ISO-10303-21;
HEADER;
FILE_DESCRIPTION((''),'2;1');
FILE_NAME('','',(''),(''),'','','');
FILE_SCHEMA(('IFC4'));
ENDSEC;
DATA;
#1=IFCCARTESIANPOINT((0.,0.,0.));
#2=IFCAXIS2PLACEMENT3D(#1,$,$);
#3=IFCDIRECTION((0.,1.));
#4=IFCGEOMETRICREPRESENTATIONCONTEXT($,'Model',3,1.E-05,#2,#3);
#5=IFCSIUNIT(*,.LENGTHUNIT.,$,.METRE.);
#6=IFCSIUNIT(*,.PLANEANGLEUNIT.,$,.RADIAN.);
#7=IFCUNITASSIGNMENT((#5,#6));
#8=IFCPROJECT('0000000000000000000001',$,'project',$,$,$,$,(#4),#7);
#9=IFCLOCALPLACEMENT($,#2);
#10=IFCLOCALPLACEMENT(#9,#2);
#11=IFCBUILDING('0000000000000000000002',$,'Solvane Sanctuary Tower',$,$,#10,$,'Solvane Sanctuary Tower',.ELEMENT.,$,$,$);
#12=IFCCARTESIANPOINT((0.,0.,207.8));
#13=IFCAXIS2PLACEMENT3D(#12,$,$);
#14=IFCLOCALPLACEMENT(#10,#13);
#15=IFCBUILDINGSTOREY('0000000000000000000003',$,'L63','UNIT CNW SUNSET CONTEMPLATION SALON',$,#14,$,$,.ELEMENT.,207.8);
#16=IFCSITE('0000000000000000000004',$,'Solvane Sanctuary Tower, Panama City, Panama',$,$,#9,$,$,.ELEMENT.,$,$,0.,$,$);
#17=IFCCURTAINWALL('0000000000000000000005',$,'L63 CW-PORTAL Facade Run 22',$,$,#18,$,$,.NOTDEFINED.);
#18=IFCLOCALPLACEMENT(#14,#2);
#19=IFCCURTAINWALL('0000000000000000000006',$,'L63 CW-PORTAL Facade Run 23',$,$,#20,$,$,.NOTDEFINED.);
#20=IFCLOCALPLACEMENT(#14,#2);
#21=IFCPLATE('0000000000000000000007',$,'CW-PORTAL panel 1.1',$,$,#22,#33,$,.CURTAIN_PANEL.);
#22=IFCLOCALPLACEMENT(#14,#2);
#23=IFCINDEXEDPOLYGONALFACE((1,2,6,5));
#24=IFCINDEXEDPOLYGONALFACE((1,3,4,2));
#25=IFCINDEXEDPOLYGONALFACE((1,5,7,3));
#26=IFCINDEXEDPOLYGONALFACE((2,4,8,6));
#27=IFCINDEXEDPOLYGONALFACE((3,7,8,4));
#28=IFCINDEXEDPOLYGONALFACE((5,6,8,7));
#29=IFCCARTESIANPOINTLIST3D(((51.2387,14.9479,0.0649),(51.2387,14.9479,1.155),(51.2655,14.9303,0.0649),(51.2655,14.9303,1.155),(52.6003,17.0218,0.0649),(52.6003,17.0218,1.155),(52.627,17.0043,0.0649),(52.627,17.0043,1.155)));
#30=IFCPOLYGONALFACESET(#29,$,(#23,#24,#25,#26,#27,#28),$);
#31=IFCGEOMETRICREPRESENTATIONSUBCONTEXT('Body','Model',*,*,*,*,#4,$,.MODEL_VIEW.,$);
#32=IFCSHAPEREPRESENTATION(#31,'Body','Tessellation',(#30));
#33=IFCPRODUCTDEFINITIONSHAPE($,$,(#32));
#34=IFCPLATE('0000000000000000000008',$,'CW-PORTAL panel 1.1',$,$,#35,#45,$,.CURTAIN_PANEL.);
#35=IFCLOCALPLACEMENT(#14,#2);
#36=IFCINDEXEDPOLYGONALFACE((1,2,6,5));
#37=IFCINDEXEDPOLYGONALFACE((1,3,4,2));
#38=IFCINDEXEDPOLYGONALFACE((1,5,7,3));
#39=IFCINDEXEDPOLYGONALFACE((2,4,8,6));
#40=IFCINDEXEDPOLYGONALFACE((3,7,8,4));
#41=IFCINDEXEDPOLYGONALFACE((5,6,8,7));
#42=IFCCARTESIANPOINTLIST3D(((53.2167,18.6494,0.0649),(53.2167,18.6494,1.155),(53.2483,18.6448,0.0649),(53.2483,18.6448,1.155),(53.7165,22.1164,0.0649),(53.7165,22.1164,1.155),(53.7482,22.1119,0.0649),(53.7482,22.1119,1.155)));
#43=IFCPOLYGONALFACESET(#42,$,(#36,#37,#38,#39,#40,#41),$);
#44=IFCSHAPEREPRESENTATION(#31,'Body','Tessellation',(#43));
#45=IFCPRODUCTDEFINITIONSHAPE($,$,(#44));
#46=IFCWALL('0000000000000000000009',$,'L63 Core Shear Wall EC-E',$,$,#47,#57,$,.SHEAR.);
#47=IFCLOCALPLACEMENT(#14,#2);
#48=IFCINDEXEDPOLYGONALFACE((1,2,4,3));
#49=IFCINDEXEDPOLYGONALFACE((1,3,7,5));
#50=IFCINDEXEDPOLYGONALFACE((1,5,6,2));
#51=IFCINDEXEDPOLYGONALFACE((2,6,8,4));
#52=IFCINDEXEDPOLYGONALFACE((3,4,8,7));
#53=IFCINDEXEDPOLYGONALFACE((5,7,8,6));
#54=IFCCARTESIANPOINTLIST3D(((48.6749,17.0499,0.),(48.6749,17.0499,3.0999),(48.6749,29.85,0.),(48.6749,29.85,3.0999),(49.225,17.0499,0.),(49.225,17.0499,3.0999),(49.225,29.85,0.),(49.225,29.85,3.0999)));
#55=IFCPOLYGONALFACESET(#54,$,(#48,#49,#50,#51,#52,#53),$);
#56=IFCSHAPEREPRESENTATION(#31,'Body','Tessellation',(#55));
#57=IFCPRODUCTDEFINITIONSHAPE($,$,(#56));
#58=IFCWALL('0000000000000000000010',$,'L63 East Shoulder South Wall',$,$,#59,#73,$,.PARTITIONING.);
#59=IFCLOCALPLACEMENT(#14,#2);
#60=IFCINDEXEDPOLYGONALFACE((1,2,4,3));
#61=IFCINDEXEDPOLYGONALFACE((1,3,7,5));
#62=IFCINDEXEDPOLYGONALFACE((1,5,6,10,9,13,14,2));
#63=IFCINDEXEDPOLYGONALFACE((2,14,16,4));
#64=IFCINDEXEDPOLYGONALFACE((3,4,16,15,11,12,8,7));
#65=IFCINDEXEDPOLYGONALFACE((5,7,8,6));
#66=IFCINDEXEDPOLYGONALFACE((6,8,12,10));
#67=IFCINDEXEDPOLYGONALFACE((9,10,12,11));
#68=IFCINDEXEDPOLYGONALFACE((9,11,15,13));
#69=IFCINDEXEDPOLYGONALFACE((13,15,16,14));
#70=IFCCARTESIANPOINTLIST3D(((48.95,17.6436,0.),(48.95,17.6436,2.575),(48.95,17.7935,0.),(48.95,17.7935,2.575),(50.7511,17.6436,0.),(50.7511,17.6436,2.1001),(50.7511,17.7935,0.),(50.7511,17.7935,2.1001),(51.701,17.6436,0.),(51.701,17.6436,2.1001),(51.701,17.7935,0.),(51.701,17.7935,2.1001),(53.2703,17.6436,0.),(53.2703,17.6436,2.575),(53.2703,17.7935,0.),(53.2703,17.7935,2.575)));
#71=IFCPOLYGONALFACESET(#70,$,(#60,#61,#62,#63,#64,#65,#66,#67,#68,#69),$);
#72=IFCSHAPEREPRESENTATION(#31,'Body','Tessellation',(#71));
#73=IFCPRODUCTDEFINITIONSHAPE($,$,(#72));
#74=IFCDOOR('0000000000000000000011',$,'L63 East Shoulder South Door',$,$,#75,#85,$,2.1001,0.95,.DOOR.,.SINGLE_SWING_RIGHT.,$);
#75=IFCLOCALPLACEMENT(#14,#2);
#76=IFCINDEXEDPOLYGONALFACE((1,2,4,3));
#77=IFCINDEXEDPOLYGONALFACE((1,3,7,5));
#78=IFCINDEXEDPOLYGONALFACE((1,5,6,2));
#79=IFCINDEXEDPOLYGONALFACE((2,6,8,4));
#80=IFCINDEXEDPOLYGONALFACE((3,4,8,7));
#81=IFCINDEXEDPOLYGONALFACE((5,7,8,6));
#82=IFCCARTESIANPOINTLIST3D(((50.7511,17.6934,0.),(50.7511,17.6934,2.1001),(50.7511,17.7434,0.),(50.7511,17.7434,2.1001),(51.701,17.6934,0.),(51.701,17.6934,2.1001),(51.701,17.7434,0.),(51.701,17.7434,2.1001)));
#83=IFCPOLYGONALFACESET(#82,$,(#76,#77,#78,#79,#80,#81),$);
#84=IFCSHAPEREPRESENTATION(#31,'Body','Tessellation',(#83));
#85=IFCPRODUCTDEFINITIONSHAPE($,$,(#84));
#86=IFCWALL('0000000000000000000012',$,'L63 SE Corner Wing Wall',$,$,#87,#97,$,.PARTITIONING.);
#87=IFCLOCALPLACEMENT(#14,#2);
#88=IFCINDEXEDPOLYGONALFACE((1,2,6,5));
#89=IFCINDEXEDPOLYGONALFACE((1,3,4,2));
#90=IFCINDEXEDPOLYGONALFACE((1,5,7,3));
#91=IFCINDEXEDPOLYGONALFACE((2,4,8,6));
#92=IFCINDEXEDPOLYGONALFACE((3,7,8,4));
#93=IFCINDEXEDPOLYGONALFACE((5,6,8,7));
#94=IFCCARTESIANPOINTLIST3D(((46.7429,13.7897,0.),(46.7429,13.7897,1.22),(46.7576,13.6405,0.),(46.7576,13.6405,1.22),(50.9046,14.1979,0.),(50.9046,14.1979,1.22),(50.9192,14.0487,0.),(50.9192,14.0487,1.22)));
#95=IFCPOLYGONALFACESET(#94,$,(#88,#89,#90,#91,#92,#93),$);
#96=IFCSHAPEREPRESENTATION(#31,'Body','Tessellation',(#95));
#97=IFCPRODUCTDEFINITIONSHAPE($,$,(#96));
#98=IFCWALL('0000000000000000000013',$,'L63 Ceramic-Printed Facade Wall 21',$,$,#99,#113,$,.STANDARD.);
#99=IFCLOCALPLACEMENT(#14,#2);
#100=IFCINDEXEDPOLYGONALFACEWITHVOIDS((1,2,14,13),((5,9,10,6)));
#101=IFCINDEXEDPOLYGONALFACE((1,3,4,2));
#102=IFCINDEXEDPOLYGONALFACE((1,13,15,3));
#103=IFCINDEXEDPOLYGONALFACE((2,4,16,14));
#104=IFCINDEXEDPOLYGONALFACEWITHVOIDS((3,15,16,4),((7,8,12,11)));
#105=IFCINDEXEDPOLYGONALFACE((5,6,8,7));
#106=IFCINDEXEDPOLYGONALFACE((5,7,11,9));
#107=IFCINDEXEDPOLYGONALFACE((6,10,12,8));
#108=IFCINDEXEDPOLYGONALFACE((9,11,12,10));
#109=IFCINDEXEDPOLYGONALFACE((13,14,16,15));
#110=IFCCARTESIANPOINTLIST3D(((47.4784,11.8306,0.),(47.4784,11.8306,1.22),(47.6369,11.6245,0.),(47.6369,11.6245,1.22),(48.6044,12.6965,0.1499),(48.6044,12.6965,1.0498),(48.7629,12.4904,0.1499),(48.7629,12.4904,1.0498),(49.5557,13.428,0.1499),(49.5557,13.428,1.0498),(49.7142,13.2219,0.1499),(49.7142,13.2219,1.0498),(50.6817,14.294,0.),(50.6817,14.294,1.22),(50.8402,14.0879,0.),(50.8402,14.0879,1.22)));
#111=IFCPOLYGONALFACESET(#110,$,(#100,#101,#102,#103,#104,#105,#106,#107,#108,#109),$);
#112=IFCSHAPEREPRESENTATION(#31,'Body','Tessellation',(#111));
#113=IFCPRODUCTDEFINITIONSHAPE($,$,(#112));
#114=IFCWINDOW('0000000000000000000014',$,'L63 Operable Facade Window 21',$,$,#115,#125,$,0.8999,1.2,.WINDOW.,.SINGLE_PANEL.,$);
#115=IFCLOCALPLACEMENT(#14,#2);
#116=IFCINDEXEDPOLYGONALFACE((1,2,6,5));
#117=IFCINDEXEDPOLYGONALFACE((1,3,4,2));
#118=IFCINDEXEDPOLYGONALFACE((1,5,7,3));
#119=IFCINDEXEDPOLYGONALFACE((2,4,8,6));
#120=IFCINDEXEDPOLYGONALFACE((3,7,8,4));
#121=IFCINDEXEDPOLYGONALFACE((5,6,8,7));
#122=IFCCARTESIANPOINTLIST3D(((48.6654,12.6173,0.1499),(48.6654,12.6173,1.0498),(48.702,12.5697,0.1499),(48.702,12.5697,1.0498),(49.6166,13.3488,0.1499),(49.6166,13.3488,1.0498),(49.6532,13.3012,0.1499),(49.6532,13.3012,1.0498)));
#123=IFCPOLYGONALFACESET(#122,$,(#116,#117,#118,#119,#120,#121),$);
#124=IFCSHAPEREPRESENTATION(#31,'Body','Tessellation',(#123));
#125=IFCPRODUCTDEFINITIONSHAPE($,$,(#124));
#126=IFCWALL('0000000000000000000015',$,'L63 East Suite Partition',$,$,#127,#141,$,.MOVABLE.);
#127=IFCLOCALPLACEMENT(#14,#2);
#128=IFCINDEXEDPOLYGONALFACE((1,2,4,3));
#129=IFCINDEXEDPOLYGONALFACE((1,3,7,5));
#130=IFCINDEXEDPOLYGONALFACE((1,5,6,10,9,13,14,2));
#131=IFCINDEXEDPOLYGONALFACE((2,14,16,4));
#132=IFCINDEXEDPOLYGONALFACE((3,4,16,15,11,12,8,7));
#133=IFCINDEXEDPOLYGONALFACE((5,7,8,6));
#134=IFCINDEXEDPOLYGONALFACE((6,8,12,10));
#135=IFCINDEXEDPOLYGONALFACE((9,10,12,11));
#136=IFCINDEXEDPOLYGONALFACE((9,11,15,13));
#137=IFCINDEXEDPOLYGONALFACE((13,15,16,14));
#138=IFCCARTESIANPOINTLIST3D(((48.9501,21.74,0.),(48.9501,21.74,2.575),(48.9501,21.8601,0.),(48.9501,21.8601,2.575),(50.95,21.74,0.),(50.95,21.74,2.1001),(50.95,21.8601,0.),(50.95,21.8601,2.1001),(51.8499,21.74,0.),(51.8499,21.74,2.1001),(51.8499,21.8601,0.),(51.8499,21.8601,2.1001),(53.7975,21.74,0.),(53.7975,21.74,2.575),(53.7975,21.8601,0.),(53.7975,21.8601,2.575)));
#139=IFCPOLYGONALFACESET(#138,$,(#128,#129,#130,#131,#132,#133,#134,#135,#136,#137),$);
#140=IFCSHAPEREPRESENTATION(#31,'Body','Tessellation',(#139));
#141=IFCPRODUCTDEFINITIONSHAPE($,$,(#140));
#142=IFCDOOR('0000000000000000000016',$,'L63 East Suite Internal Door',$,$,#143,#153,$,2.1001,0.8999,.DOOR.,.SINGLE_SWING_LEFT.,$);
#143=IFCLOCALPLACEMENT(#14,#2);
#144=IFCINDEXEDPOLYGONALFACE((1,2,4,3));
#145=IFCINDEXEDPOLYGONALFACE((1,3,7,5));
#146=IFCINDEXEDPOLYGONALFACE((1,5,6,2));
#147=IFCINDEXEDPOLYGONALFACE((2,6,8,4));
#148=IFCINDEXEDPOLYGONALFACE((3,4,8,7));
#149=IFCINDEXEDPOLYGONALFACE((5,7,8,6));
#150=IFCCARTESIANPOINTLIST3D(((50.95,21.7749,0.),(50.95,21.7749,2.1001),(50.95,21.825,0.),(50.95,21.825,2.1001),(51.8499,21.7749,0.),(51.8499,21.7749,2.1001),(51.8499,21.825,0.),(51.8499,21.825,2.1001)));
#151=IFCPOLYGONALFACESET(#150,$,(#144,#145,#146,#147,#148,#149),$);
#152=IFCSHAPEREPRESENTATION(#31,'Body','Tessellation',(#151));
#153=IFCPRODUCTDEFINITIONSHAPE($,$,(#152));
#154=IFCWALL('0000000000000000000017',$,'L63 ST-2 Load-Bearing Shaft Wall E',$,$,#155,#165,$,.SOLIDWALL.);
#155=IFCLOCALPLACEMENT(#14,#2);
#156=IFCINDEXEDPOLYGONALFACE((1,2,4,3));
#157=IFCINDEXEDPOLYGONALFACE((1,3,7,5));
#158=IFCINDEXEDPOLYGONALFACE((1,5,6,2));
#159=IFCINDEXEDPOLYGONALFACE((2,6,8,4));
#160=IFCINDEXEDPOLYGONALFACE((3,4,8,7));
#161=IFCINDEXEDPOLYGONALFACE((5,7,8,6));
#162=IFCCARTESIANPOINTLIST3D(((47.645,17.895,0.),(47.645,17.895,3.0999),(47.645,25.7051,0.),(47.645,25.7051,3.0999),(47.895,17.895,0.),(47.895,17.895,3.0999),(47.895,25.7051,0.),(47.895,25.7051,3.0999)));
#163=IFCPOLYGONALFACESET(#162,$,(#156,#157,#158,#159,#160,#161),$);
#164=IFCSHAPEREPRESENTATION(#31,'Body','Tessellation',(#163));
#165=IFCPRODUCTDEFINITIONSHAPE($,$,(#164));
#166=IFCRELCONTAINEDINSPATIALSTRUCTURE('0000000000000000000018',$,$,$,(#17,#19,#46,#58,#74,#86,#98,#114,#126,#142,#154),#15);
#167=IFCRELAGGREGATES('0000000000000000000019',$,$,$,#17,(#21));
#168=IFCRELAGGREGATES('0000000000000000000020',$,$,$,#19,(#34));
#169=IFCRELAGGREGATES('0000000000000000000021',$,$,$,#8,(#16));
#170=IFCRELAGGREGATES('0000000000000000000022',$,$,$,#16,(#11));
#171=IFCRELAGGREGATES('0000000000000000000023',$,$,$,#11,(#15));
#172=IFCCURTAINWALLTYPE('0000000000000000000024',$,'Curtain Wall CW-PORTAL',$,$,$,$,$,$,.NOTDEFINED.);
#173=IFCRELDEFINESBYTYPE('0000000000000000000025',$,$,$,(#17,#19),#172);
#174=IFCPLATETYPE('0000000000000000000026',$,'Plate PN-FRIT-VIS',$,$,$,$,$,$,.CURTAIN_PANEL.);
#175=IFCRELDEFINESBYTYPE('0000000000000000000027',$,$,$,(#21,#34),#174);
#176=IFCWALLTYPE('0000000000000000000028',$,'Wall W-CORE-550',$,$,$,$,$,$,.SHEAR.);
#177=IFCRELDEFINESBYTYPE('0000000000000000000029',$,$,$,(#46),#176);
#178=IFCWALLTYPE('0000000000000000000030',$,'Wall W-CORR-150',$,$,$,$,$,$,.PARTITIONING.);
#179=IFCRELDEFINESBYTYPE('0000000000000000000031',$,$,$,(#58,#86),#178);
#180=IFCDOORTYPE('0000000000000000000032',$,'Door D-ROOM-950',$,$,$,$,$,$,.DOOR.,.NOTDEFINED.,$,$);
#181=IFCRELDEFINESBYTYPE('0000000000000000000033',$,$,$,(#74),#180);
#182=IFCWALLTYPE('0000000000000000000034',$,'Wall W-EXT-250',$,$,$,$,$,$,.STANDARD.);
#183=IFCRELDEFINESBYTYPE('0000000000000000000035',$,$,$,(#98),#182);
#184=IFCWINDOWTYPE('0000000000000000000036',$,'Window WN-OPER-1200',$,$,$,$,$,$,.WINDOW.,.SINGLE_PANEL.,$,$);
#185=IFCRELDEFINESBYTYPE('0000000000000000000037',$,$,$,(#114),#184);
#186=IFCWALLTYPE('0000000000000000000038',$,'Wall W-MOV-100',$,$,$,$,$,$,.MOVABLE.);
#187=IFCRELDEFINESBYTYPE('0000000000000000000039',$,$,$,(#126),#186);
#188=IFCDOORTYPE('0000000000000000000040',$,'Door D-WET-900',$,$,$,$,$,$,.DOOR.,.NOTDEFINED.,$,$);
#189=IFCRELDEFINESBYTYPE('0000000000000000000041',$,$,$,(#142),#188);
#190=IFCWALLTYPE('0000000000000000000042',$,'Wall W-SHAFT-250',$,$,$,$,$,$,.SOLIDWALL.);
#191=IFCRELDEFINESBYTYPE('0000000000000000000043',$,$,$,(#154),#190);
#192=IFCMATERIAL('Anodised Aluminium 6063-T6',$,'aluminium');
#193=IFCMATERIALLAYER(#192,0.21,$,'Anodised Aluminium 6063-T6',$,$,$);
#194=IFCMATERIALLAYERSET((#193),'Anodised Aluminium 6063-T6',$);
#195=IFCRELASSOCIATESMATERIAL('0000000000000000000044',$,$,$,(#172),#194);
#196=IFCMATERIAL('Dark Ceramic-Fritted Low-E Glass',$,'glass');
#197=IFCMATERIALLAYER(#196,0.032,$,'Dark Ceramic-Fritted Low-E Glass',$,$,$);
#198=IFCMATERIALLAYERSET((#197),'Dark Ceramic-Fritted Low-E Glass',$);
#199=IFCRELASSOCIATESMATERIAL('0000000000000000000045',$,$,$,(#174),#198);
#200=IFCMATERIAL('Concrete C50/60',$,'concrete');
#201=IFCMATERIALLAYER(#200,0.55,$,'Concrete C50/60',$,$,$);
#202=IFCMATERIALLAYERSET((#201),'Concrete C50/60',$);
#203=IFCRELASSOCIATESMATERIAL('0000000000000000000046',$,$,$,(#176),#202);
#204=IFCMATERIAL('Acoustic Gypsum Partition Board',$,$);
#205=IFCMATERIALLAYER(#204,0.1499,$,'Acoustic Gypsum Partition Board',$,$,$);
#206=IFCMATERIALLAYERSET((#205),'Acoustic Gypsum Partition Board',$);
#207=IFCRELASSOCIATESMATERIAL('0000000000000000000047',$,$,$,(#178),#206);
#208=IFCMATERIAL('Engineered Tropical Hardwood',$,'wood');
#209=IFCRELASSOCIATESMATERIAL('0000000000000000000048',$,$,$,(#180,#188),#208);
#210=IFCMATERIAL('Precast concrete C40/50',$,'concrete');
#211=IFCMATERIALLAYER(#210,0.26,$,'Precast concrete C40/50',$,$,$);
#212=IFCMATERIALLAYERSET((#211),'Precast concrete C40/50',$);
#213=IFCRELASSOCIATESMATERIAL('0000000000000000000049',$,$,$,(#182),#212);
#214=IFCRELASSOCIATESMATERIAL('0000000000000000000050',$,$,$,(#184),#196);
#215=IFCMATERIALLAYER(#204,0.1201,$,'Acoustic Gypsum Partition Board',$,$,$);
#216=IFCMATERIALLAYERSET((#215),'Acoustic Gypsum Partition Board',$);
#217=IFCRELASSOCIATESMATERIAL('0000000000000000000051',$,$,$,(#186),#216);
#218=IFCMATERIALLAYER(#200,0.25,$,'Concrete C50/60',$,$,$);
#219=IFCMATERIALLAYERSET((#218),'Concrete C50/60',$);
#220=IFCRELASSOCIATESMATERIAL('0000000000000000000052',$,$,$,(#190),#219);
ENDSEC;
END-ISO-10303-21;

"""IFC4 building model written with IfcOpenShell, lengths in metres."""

from ifc_helpers import new_model, si_unit, direction, frame, frame_2d, origin, origin_2d, place, context, subcontext, project, spatial, rectangle, extrude, material, layer, layer_set, type_object, element, fill, aggregate, save


model = new_model("IFC4")

# Units and contexts
model_context = context("Model", 3, precision=1e-05, world=origin(), true_north=direction((0.0, 1.0)))
body_context = subcontext(model_context, "Body", "Model", "MODEL_VIEW")
ifc_project = project(units=[si_unit("LENGTHUNIT", "METRE"), si_unit("PLANEANGLEUNIT", "RADIAN")], contexts=[model_context])

# Site, building, storey
site_placement = place(None, origin())
site = spatial("IfcSite", under=ifc_project, at=site_placement, Name="Solvane Sanctuary Tower, Panama City, Panama", CompositionType="ELEMENT", RefElevation=0.0)
building_placement = place(site_placement, origin())
building = spatial("IfcBuilding", under=site, at=building_placement, Name="Solvane Sanctuary Tower", LongName="Solvane Sanctuary Tower", CompositionType="ELEMENT")
storey_placement = place(building_placement, frame((0.0, 0.0, 207.8)))
storey = spatial("IfcBuildingStorey", under=building, at=storey_placement, Name="L63", Description="UNIT CNW SUNSET CONTEMPLATION SALON", CompositionType="ELEMENT", Elevation=207.8)

# Shared definitions
ifc_material_1 = material(Name="Concrete C50/60", Category="concrete")

# Curtain walls
ifc_material_2 = material(Name="Anodised Aluminium 6063-T6", Category="aluminium")
ifc_layer_1 = layer(ifc_material_2, 0.21, Name="Anodised Aluminium 6063-T6")
ifc_layer_set_1 = layer_set([ifc_layer_1], Name="Anodised Aluminium 6063-T6")
curtain_wall_type = type_object("IfcCurtainWallType", Name="Curtain Wall CW-PORTAL", PredefinedType="NOTDEFINED", material=ifc_layer_set_1)
curtain_wall_1_placement = place(storey_placement, origin())
curtain_wall_1 = element("IfcCurtainWall", 1, at=curtain_wall_1_placement, inside=storey, type_object=curtain_wall_type, Name="L63 CW-PORTAL Facade Run 22", PredefinedType="NOTDEFINED")
curtain_wall_2_placement = place(storey_placement, origin())
curtain_wall_2 = element("IfcCurtainWall", 2, at=curtain_wall_2_placement, inside=storey, type_object=curtain_wall_type, Name="L63 CW-PORTAL Facade Run 23", PredefinedType="NOTDEFINED")

# Plates
ifc_material_3 = material(Name="Dark Ceramic-Fritted Low-E Glass", Category="glass")
ifc_layer_2 = layer(ifc_material_3, 0.032, Name="Dark Ceramic-Fritted Low-E Glass")
ifc_layer_set_2 = layer_set([ifc_layer_2], Name="Dark Ceramic-Fritted Low-E Glass")
plate_type = type_object("IfcPlateType", Name="Plate PN-FRIT-VIS", PredefinedType="CURTAIN_PANEL", material=ifc_layer_set_2)
plate_1_placement = place(storey_placement, frame((51.9329, 15.9761, 0.0649), z_axis=(0.0, 0.0, 1.0), x_axis=(0.548792, 0.835959, 0.0)))
plate_1 = element("IfcPlate", 3, at=plate_1_placement, type_object=plate_type, Name="CW-PORTAL panel 1.1", PredefinedType="CURTAIN_PANEL", context=body_context, shape_type="SweptSolid", body=[
    extrude(rectangle(XDim=2.481, YDim=0.032, at=origin_2d()), origin(), (0.0, 0.0, 1.0), 1.0901),
])
aggregate(curtain_wall_1, [plate_1])
plate_2_placement = place(storey_placement, frame((53.4824, 20.3806, 0.0649), z_axis=(0.0, 0.0, 1.0), x_axis=(0.142705, 0.989765, 0.0)))
plate_2 = element("IfcPlate", 4, at=plate_2_placement, type_object=plate_type, Name="CW-PORTAL panel 1.1", PredefinedType="CURTAIN_PANEL", context=body_context, shape_type="SweptSolid", body=[
    extrude(rectangle(XDim=3.5029, YDim=0.032, at=origin_2d()), origin(), (0.0, 0.0, 1.0), 1.0901),
])
aggregate(curtain_wall_2, [plate_2])

# Wall
ifc_layer_3 = layer(ifc_material_1, 0.55, Name="Concrete C50/60")
ifc_layer_set_3 = layer_set([ifc_layer_3], Name="Concrete C50/60")
wall_type_1 = type_object("IfcWallType", Name="Wall W-CORE-550", PredefinedType="SHEAR", material=ifc_layer_set_3)
wall_1_placement = place(storey_placement, frame((48.95, 17.05, 0.0), z_axis=(0.0, 0.0, 1.0), x_axis=(0.0, 1.0, 0.0)))
element("IfcWall", 5, at=wall_1_placement, inside=storey, type_object=wall_type_1, Name="L63 Core Shear Wall EC-E", PredefinedType="SHEAR", context=body_context, shape_type="SweptSolid", body=[
    extrude(rectangle(XDim=12.8, YDim=0.55, at=frame_2d((6.3999, 0.0))), origin(), (0.0, 0.0, 1.0), 3.0999),
])

# Wall, opening, door
ifc_material_4 = material(Name="Acoustic Gypsum Partition Board")
ifc_layer_4 = layer(ifc_material_4, 0.1499, Name="Acoustic Gypsum Partition Board")
ifc_layer_set_4 = layer_set([ifc_layer_4], Name="Acoustic Gypsum Partition Board")
wall_type_2 = type_object("IfcWallType", Name="Wall W-CORR-150", PredefinedType="PARTITIONING", material=ifc_layer_set_4)
wall_2_placement = place(storey_placement, frame((48.95, 17.7185, 0.0), z_axis=(0.0, 0.0, 1.0), x_axis=(1.0, 0.0, 0.0)))
wall_2 = element("IfcWall", 6, at=wall_2_placement, inside=storey, type_object=wall_type_2, Name="L63 East Shoulder South Wall", PredefinedType="PARTITIONING", context=body_context, shape_type="SweptSolid", body=[
    extrude(rectangle(XDim=4.3203, YDim=0.1499, at=frame_2d((2.1602, 0.0))), origin(), (0.0, 0.0, 1.0), 2.575),
])
opening_1_placement = place(wall_2_placement, frame((1.801, 0.0, 0.0)))
opening_1 = element("IfcOpeningElement", 7, at=opening_1_placement, cuts=wall_2, PredefinedType="OPENING", context=body_context, shape_type="SweptSolid", body=[
    extrude(rectangle(XDim=0.95, YDim=2.1001, at=frame_2d((0.4751, 1.05))), frame((0.0, 0.085, 0.0), z_axis=(0.0, -1.0, 0.0), x_axis=(1.0, 0.0, 0.0)), (0.0, 0.0, 1.0), 0.1699),
])
ifc_material_5 = material(Name="Engineered Tropical Hardwood", Category="wood")
door_type_1 = type_object("IfcDoorType", Name="Door D-ROOM-950", OperationType="NOTDEFINED", PredefinedType="DOOR", material=ifc_material_5)
door_1_placement = place(opening_1_placement, origin())
door_1 = element("IfcDoor", 8, at=door_1_placement, inside=storey, type_object=door_type_1, Name="L63 East Shoulder South Door", OperationType="SINGLE_SWING_RIGHT", OverallHeight=2.1001, OverallWidth=0.95, PredefinedType="DOOR", context=body_context, shape_type="SweptSolid", body=[
    extrude(rectangle(XDim=0.95, YDim=2.1001, at=frame_2d((0.4751, 1.05))), frame((0.0, 0.0249, 0.0), z_axis=(0.0, -1.0, 0.0), x_axis=(1.0, 0.0, 0.0)), (0.0, 0.0, 1.0), 0.05),
])
fill(opening_1, door_1)

# Wall
wall_3_placement = place(storey_placement, frame((46.7502, 13.7151, 0.0), z_axis=(0.0, 0.0, 1.0), x_axis=(0.995224, 0.097619, 0.0)))
element("IfcWall", 9, at=wall_3_placement, inside=storey, type_object=wall_type_2, Name="L63 SE Corner Wing Wall", PredefinedType="PARTITIONING", context=body_context, shape_type="SweptSolid", body=[
    extrude(rectangle(XDim=4.1816, YDim=0.1499, at=frame_2d((2.0908, 0.0))), origin(), (0.0, 0.0, 1.0), 1.22),
])

# Wall, opening, window
ifc_material_6 = material(Name="Precast concrete C40/50", Category="concrete")
ifc_layer_5 = layer(ifc_material_6, 0.26, Name="Precast concrete C40/50")
ifc_layer_set_5 = layer_set([ifc_layer_5], Name="Precast concrete C40/50")
wall_type_3 = type_object("IfcWallType", Name="Wall W-EXT-250", PredefinedType="STANDARD", material=ifc_layer_set_5)
wall_4_placement = place(storey_placement, frame((47.5576, 11.7275, 0.0), z_axis=(0.0, 0.0, 1.0), x_axis=(0.792714, 0.609594, 0.0)))
wall_4 = element("IfcWall", 10, at=wall_4_placement, inside=storey, type_object=wall_type_3, Name="L63 Ceramic-Printed Facade Wall 21", PredefinedType="STANDARD", context=body_context, shape_type="SweptSolid", body=[
    extrude(rectangle(XDim=4.041, YDim=0.26, at=frame_2d((2.0205, 0.0))), origin(), (0.0, 0.0, 1.0), 1.22),
])
opening_2_placement = place(wall_4_placement, frame((1.4204, 0.0, 0.1499)))
opening_2 = element("IfcOpeningElement", 11, at=opening_2_placement, cuts=wall_4, PredefinedType="OPENING", context=body_context, shape_type="SweptSolid", body=[
    extrude(rectangle(XDim=1.2, YDim=0.8999, at=frame_2d((0.6001, 0.45))), frame((0.0, 0.1399, 0.0), z_axis=(0.0, -1.0, 0.0), x_axis=(1.0, 0.0, 0.0)), (0.0, 0.0, 1.0), 0.28),
])
window_type = type_object("IfcWindowType", Name="Window WN-OPER-1200", PartitioningType="SINGLE_PANEL", PredefinedType="WINDOW", material=ifc_material_3)
window_placement = place(opening_2_placement, origin())
window = element("IfcWindow", 12, at=window_placement, inside=storey, type_object=window_type, Name="L63 Operable Facade Window 21", OverallHeight=0.8999, OverallWidth=1.2, PartitioningType="SINGLE_PANEL", PredefinedType="WINDOW", context=body_context, shape_type="SweptSolid", body=[
    extrude(rectangle(XDim=1.2, YDim=0.8999, at=frame_2d((0.6001, 0.45))), frame((0.0, 0.03, 0.0), z_axis=(0.0, -1.0, 0.0), x_axis=(1.0, 0.0, 0.0)), (0.0, 0.0, 1.0), 0.0601),
])
fill(opening_2, window)

# Wall, opening, door
ifc_layer_6 = layer(ifc_material_4, 0.1201, Name="Acoustic Gypsum Partition Board")
ifc_layer_set_6 = layer_set([ifc_layer_6], Name="Acoustic Gypsum Partition Board")
wall_type_4 = type_object("IfcWallType", Name="Wall W-MOV-100", PredefinedType="MOVABLE", material=ifc_layer_set_6)
wall_5_placement = place(storey_placement, frame((48.95, 21.8, 0.0), z_axis=(0.0, 0.0, 1.0), x_axis=(1.0, 0.0, 0.0)))
wall_5 = element("IfcWall", 13, at=wall_5_placement, inside=storey, type_object=wall_type_4, Name="L63 East Suite Partition", PredefinedType="MOVABLE", context=body_context, shape_type="SweptSolid", body=[
    extrude(rectangle(XDim=4.8474, YDim=0.1201, at=frame_2d((2.4238, 0.0))), origin(), (0.0, 0.0, 1.0), 2.575),
])
opening_3_placement = place(wall_5_placement, frame((2.0, 0.0, 0.0)))
opening_3 = element("IfcOpeningElement", 14, at=opening_3_placement, cuts=wall_5, PredefinedType="OPENING", context=body_context, shape_type="SweptSolid", body=[
    extrude(rectangle(XDim=0.8999, YDim=2.1001, at=frame_2d((0.45, 1.05))), frame((0.0, 0.0701, 0.0), z_axis=(0.0, -1.0, 0.0), x_axis=(1.0, 0.0, 0.0)), (0.0, 0.0, 1.0), 0.1401),
])
door_type_2 = type_object("IfcDoorType", Name="Door D-WET-900", OperationType="NOTDEFINED", PredefinedType="DOOR", material=ifc_material_5)
door_2_placement = place(opening_3_placement, origin())
door_2 = element("IfcDoor", 15, at=door_2_placement, inside=storey, type_object=door_type_2, Name="L63 East Suite Internal Door", OperationType="SINGLE_SWING_LEFT", OverallHeight=2.1001, OverallWidth=0.8999, PredefinedType="DOOR", context=body_context, shape_type="SweptSolid", body=[
    extrude(rectangle(XDim=0.8999, YDim=2.1001, at=frame_2d((0.45, 1.05))), frame((0.0, 0.0249, 0.0), z_axis=(0.0, -1.0, 0.0), x_axis=(1.0, 0.0, 0.0)), (0.0, 0.0, 1.0), 0.05),
])
fill(opening_3, door_2)

# Wall
ifc_layer_7 = layer(ifc_material_1, 0.25, Name="Concrete C50/60")
ifc_layer_set_7 = layer_set([ifc_layer_7], Name="Concrete C50/60")
wall_type_5 = type_object("IfcWallType", Name="Wall W-SHAFT-250", PredefinedType="SOLIDWALL", material=ifc_layer_set_7)
wall_6_placement = place(storey_placement, frame((47.77, 17.895, 0.0), z_axis=(0.0, 0.0, 1.0), x_axis=(0.0, 1.0, 0.0)))
element("IfcWall", 16, at=wall_6_placement, inside=storey, type_object=wall_type_5, Name="L63 ST-2 Load-Bearing Shaft Wall E", PredefinedType="SOLIDWALL", context=body_context, shape_type="SweptSolid", body=[
    extrude(rectangle(XDim=7.8101, YDim=0.25, at=frame_2d((3.905, 0.0))), origin(), (0.0, 0.0, 1.0), 3.0999),
])

save(model, "model.ifc")
